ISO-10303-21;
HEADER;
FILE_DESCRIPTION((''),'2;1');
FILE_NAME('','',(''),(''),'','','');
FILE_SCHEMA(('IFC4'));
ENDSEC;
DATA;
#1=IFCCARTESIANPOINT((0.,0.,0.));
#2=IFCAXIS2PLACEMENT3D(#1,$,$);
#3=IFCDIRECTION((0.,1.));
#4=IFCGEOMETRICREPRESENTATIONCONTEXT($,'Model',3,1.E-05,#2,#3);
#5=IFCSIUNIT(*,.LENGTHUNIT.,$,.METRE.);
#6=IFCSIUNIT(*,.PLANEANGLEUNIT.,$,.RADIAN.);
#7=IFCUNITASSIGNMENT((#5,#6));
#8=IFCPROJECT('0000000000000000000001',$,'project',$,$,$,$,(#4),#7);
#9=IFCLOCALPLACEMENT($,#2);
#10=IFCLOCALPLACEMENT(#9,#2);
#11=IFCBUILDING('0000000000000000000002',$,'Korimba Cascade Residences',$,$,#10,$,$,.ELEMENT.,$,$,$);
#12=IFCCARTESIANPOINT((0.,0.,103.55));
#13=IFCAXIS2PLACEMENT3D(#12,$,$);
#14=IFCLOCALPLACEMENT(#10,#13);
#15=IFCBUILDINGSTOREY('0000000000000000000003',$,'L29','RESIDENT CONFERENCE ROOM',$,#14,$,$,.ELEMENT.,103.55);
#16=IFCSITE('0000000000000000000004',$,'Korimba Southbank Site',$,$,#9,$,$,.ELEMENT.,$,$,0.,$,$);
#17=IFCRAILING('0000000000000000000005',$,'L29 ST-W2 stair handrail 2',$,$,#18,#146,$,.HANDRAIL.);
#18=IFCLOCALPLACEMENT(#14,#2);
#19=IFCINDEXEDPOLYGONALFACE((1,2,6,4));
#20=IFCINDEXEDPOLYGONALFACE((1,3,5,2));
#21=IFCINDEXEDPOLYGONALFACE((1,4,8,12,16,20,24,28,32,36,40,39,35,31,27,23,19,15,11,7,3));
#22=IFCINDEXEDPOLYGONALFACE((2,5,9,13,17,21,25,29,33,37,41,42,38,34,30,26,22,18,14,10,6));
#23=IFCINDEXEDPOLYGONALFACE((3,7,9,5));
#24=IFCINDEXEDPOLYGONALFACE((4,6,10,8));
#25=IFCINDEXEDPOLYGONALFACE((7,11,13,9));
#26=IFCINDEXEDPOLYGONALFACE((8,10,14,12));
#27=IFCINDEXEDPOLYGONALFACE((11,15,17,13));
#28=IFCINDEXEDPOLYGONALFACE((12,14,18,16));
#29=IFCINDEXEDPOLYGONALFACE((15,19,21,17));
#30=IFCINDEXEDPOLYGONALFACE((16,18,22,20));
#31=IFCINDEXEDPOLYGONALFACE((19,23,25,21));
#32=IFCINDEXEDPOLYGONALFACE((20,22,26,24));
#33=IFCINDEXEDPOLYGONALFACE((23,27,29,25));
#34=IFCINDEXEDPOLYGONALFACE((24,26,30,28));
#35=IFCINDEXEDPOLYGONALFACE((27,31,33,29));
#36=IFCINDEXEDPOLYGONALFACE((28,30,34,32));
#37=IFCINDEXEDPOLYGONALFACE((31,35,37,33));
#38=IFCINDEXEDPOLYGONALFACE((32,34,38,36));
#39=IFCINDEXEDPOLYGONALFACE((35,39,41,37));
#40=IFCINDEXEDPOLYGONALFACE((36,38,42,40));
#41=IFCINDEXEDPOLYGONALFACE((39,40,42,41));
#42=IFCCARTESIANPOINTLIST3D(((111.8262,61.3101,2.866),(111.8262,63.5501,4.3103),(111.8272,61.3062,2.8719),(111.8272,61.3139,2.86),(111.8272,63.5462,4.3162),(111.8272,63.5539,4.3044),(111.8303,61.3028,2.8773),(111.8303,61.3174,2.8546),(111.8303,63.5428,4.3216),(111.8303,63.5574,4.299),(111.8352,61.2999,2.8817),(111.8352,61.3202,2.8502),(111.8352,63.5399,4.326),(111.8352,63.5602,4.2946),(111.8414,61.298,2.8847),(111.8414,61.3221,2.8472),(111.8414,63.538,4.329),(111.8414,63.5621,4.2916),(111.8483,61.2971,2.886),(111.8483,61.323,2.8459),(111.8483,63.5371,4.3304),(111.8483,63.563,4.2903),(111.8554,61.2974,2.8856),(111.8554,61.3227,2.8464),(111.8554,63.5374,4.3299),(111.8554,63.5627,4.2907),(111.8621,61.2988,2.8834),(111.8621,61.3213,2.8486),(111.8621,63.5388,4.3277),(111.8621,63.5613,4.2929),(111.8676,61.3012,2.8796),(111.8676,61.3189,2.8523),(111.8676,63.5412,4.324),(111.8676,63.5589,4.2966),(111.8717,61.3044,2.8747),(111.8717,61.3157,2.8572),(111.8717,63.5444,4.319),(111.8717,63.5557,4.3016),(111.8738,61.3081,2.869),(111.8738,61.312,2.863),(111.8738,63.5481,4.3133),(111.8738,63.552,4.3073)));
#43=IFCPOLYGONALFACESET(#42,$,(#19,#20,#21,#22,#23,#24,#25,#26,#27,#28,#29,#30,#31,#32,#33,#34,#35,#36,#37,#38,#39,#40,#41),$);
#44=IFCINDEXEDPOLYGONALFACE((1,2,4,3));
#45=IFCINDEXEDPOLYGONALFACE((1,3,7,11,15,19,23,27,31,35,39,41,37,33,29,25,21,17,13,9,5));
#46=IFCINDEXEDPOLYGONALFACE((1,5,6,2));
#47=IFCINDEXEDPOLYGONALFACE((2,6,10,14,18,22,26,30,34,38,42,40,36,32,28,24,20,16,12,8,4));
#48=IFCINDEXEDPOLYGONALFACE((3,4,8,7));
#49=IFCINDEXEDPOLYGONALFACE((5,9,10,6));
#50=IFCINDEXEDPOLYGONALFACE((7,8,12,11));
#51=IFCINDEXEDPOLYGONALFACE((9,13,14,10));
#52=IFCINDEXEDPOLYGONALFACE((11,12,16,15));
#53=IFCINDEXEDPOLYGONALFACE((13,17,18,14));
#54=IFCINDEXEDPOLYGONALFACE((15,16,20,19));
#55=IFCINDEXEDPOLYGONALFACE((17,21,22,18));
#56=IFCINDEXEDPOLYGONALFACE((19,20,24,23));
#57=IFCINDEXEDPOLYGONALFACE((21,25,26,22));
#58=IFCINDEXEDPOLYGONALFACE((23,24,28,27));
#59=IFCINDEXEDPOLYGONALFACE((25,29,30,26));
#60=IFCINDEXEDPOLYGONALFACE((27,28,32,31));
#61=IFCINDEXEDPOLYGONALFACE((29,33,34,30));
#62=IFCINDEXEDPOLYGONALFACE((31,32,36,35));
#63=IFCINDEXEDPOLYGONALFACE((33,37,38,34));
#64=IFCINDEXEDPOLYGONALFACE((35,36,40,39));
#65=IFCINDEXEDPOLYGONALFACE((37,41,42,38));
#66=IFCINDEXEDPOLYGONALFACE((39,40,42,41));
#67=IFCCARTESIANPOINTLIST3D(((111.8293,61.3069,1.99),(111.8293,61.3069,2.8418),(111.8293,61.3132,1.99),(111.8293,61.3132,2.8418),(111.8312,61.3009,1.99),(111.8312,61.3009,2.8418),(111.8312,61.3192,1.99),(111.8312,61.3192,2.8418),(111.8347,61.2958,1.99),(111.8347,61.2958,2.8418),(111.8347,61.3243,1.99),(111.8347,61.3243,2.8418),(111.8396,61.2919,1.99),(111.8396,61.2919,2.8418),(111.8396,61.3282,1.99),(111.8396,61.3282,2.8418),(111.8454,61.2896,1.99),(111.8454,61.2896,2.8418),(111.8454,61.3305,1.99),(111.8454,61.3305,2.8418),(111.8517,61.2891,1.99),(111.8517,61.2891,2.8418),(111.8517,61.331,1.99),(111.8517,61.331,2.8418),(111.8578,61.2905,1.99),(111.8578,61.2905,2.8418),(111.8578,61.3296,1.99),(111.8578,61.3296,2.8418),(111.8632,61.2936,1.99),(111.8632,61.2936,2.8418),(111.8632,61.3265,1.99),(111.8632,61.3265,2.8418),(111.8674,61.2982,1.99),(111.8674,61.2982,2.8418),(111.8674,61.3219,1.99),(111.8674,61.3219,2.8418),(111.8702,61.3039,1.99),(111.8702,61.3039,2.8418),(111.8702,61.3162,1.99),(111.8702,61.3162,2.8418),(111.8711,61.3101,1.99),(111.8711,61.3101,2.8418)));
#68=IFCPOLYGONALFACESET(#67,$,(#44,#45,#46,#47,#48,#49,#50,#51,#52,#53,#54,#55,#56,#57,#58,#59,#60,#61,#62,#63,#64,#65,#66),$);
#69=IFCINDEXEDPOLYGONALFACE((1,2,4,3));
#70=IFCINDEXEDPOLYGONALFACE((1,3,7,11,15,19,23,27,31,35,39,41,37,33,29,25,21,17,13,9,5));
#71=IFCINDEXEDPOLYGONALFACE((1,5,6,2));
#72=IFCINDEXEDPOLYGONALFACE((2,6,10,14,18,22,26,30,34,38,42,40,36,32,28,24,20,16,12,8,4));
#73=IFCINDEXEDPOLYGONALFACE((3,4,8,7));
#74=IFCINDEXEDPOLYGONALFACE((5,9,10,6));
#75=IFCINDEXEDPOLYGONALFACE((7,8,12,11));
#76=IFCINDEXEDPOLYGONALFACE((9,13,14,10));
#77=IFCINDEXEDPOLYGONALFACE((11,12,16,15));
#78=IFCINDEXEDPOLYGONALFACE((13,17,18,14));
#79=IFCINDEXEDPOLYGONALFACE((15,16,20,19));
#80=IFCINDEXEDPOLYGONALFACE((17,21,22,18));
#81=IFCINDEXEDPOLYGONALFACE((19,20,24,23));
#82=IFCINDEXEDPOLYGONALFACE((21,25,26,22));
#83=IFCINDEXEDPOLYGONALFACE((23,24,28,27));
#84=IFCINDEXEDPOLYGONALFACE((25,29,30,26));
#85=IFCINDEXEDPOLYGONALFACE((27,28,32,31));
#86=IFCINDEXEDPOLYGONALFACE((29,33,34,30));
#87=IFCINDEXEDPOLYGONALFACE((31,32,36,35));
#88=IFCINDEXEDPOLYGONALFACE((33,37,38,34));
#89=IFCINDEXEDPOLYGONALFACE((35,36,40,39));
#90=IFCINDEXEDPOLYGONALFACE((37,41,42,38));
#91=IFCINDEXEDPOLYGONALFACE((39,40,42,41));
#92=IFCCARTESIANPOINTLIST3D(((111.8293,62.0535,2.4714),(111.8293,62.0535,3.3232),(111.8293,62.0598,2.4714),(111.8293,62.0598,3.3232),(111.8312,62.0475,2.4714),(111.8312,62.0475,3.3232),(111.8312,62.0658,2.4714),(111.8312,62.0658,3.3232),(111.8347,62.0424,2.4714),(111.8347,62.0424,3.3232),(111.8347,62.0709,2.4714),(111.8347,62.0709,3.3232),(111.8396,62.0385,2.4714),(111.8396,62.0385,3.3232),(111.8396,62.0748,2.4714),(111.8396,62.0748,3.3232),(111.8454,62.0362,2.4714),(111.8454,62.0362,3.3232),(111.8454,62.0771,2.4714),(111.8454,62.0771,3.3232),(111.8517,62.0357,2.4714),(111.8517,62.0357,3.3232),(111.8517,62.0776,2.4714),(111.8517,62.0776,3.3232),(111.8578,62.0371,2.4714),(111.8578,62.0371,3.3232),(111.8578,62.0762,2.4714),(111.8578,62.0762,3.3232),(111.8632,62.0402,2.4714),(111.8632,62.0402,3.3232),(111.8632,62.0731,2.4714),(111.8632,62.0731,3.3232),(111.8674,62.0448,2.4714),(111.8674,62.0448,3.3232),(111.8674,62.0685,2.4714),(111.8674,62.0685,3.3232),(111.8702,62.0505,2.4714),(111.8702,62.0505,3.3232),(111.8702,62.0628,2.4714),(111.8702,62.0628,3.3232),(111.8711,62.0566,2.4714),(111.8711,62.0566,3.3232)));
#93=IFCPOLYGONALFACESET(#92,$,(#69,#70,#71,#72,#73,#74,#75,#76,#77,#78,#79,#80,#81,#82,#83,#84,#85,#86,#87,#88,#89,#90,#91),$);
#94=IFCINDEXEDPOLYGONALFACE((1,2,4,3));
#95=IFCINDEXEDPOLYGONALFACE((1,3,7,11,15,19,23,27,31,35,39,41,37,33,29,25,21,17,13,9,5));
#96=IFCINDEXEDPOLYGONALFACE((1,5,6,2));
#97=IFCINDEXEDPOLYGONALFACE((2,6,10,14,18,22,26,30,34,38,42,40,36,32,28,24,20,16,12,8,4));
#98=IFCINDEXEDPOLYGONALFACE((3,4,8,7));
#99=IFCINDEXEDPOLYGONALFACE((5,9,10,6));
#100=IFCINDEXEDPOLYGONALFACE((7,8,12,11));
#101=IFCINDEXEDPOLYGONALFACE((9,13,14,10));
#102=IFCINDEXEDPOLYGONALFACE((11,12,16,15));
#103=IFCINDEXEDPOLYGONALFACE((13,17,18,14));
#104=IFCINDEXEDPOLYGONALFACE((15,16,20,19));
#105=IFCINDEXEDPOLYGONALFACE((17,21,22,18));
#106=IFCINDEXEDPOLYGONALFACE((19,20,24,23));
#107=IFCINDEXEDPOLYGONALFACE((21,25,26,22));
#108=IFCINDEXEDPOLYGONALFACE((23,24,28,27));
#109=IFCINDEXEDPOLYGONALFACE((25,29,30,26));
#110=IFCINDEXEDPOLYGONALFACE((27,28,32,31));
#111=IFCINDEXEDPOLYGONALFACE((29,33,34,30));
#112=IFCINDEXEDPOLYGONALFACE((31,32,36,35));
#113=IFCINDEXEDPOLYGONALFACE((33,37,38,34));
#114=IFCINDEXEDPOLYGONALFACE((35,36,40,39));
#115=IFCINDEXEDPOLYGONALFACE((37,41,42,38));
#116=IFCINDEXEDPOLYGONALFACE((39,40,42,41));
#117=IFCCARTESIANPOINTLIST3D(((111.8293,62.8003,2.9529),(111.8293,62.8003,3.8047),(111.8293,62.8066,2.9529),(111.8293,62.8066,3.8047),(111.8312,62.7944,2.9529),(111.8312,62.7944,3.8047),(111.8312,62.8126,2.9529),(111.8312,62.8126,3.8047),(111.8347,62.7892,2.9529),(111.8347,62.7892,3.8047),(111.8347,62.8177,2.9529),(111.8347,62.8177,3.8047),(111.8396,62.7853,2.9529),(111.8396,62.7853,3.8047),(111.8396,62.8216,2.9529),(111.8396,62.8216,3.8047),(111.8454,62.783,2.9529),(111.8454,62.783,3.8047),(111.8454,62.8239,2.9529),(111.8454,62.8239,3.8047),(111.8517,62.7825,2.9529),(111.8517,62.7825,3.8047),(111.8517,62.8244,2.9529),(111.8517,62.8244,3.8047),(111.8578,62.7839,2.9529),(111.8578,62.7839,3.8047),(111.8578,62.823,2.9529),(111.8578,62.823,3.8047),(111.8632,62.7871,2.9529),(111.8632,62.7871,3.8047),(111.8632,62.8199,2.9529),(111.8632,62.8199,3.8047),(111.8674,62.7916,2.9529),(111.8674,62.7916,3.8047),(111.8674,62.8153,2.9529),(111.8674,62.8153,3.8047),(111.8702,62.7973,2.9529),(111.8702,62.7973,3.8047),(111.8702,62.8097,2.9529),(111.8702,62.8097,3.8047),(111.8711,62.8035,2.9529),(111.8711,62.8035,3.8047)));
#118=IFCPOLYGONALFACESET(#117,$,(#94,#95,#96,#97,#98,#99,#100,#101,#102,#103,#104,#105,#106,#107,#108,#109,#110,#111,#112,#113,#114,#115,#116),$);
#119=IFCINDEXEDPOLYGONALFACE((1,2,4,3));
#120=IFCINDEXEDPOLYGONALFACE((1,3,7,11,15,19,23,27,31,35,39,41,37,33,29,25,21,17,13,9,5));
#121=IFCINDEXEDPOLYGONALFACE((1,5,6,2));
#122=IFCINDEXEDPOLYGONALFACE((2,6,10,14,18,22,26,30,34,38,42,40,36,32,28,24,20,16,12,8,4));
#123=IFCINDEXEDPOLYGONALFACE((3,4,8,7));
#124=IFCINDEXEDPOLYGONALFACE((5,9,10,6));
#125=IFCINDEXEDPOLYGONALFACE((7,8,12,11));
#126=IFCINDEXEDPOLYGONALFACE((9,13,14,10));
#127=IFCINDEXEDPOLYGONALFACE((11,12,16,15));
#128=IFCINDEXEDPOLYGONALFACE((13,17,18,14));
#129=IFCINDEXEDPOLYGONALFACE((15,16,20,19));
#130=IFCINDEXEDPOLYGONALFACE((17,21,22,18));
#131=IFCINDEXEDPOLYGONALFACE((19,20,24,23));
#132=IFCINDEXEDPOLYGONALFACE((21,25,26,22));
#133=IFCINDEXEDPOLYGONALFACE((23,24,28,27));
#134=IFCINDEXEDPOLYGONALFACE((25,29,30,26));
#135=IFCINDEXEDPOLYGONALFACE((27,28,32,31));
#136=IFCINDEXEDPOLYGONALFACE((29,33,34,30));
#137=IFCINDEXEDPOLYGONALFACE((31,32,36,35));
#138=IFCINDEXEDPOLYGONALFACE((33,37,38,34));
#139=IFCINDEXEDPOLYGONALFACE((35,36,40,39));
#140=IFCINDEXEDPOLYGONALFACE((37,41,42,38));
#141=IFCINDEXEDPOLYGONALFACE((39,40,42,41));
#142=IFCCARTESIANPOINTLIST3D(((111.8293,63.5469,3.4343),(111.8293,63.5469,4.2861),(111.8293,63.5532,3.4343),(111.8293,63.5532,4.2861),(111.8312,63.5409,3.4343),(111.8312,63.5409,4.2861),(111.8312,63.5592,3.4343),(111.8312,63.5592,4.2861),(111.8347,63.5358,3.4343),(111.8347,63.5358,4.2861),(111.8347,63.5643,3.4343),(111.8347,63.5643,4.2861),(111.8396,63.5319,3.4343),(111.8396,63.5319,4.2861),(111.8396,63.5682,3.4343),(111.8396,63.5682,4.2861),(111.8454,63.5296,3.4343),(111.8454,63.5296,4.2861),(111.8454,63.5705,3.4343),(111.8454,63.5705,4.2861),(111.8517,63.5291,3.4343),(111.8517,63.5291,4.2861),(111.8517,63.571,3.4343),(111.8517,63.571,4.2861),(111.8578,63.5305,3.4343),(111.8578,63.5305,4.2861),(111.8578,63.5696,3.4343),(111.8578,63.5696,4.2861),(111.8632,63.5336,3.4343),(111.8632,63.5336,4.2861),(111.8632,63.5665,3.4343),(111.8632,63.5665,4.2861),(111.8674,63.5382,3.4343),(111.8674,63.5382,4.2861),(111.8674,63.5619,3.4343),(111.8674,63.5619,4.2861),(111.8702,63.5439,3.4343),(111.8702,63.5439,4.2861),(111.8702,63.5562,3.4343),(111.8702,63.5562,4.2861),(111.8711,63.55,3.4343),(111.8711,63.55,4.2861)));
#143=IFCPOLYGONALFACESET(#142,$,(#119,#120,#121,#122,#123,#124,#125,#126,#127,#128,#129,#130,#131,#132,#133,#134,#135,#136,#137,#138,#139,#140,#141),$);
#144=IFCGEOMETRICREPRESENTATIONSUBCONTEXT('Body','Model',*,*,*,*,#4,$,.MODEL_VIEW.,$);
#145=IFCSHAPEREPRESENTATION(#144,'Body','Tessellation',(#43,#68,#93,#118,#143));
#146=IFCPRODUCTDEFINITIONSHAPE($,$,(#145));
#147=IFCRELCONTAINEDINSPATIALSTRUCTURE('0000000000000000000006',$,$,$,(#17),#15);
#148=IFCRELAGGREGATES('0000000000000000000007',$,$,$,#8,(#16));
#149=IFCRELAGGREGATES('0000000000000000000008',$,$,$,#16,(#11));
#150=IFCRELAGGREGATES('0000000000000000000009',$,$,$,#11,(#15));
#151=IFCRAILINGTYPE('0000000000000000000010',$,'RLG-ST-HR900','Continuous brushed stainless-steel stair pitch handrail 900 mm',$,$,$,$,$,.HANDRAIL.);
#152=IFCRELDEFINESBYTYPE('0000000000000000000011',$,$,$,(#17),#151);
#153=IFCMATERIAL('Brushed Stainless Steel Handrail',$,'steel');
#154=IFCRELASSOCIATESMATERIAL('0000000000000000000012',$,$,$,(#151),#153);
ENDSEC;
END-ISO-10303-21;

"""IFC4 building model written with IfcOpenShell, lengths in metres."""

from ifc_helpers import new_model, si_unit, direction, frame, origin, origin_2d, place, context, subcontext, project, spatial, circle, extrude, material, type_object, element, save


model = new_model("IFC4")

# Units and contexts
model_context = context("Model", 3, precision=1e-05, world=origin(), true_north=direction((0.0, 1.0)))
body_context = subcontext(model_context, "Body", "Model", "MODEL_VIEW")
ifc_project = project(units=[si_unit("LENGTHUNIT", "METRE"), si_unit("PLANEANGLEUNIT", "RADIAN")], contexts=[model_context])

# Site, building, storey
site_placement = place(None, origin())
site = spatial("IfcSite", under=ifc_project, at=site_placement, Name="Korimba Southbank Site", CompositionType="ELEMENT", RefElevation=0.0)
building_placement = place(site_placement, origin())
building = spatial("IfcBuilding", under=site, at=building_placement, Name="Korimba Cascade Residences", CompositionType="ELEMENT")
storey_placement = place(building_placement, frame((0.0, 0.0, 103.55)))
storey = spatial("IfcBuildingStorey", under=building, at=storey_placement, Name="L29", Description="RESIDENT CONFERENCE ROOM", CompositionType="ELEMENT", Elevation=103.55)

# Railing
ifc_material_1 = material(Name="Brushed Stainless Steel Handrail", Category="steel")
railing_type_1 = type_object("IfcRailingType", Name="RLG-ST-HR900", Description="Continuous brushed stainless-steel stair pitch handrail 900 mm", PredefinedType="HANDRAIL", material=ifc_material_1)
railing_1_placement = place(storey_placement, frame((111.8501, 61.3101, 1.99)))
element("IfcRailing", 1, at=railing_1_placement, inside=storey, type_object=railing_type_1, Name="L29 ST-W2 stair handrail 2", PredefinedType="HANDRAIL", context=body_context, shape_type="SweptSolid", body=[
    extrude(circle(Radius=0.0239, at=origin_2d()), frame((0.0, 0.0, 0.876), z_axis=(0.0, 0.840437, 0.54191), x_axis=(-1.0, 0.0, 0.0)), (0.0, 0.0, 1.0), 2.6653),
    extrude(circle(Radius=0.021, at=origin_2d()), origin(), (0.0, 0.0, 1.0), 0.8518),
    extrude(circle(Radius=0.021, at=origin_2d()), frame((0.0, 0.7466, 0.4814)), (0.0, 0.0, 1.0), 0.8518),
    extrude(circle(Radius=0.021, at=origin_2d()), frame((0.0, 1.4934, 0.9629)), (0.0, 0.0, 1.0), 0.8518),
    extrude(circle(Radius=0.021, at=origin_2d()), frame((0.0, 2.24, 1.4443)), (0.0, 0.0, 1.0), 0.8518),
])

save(model, "model.ifc")
